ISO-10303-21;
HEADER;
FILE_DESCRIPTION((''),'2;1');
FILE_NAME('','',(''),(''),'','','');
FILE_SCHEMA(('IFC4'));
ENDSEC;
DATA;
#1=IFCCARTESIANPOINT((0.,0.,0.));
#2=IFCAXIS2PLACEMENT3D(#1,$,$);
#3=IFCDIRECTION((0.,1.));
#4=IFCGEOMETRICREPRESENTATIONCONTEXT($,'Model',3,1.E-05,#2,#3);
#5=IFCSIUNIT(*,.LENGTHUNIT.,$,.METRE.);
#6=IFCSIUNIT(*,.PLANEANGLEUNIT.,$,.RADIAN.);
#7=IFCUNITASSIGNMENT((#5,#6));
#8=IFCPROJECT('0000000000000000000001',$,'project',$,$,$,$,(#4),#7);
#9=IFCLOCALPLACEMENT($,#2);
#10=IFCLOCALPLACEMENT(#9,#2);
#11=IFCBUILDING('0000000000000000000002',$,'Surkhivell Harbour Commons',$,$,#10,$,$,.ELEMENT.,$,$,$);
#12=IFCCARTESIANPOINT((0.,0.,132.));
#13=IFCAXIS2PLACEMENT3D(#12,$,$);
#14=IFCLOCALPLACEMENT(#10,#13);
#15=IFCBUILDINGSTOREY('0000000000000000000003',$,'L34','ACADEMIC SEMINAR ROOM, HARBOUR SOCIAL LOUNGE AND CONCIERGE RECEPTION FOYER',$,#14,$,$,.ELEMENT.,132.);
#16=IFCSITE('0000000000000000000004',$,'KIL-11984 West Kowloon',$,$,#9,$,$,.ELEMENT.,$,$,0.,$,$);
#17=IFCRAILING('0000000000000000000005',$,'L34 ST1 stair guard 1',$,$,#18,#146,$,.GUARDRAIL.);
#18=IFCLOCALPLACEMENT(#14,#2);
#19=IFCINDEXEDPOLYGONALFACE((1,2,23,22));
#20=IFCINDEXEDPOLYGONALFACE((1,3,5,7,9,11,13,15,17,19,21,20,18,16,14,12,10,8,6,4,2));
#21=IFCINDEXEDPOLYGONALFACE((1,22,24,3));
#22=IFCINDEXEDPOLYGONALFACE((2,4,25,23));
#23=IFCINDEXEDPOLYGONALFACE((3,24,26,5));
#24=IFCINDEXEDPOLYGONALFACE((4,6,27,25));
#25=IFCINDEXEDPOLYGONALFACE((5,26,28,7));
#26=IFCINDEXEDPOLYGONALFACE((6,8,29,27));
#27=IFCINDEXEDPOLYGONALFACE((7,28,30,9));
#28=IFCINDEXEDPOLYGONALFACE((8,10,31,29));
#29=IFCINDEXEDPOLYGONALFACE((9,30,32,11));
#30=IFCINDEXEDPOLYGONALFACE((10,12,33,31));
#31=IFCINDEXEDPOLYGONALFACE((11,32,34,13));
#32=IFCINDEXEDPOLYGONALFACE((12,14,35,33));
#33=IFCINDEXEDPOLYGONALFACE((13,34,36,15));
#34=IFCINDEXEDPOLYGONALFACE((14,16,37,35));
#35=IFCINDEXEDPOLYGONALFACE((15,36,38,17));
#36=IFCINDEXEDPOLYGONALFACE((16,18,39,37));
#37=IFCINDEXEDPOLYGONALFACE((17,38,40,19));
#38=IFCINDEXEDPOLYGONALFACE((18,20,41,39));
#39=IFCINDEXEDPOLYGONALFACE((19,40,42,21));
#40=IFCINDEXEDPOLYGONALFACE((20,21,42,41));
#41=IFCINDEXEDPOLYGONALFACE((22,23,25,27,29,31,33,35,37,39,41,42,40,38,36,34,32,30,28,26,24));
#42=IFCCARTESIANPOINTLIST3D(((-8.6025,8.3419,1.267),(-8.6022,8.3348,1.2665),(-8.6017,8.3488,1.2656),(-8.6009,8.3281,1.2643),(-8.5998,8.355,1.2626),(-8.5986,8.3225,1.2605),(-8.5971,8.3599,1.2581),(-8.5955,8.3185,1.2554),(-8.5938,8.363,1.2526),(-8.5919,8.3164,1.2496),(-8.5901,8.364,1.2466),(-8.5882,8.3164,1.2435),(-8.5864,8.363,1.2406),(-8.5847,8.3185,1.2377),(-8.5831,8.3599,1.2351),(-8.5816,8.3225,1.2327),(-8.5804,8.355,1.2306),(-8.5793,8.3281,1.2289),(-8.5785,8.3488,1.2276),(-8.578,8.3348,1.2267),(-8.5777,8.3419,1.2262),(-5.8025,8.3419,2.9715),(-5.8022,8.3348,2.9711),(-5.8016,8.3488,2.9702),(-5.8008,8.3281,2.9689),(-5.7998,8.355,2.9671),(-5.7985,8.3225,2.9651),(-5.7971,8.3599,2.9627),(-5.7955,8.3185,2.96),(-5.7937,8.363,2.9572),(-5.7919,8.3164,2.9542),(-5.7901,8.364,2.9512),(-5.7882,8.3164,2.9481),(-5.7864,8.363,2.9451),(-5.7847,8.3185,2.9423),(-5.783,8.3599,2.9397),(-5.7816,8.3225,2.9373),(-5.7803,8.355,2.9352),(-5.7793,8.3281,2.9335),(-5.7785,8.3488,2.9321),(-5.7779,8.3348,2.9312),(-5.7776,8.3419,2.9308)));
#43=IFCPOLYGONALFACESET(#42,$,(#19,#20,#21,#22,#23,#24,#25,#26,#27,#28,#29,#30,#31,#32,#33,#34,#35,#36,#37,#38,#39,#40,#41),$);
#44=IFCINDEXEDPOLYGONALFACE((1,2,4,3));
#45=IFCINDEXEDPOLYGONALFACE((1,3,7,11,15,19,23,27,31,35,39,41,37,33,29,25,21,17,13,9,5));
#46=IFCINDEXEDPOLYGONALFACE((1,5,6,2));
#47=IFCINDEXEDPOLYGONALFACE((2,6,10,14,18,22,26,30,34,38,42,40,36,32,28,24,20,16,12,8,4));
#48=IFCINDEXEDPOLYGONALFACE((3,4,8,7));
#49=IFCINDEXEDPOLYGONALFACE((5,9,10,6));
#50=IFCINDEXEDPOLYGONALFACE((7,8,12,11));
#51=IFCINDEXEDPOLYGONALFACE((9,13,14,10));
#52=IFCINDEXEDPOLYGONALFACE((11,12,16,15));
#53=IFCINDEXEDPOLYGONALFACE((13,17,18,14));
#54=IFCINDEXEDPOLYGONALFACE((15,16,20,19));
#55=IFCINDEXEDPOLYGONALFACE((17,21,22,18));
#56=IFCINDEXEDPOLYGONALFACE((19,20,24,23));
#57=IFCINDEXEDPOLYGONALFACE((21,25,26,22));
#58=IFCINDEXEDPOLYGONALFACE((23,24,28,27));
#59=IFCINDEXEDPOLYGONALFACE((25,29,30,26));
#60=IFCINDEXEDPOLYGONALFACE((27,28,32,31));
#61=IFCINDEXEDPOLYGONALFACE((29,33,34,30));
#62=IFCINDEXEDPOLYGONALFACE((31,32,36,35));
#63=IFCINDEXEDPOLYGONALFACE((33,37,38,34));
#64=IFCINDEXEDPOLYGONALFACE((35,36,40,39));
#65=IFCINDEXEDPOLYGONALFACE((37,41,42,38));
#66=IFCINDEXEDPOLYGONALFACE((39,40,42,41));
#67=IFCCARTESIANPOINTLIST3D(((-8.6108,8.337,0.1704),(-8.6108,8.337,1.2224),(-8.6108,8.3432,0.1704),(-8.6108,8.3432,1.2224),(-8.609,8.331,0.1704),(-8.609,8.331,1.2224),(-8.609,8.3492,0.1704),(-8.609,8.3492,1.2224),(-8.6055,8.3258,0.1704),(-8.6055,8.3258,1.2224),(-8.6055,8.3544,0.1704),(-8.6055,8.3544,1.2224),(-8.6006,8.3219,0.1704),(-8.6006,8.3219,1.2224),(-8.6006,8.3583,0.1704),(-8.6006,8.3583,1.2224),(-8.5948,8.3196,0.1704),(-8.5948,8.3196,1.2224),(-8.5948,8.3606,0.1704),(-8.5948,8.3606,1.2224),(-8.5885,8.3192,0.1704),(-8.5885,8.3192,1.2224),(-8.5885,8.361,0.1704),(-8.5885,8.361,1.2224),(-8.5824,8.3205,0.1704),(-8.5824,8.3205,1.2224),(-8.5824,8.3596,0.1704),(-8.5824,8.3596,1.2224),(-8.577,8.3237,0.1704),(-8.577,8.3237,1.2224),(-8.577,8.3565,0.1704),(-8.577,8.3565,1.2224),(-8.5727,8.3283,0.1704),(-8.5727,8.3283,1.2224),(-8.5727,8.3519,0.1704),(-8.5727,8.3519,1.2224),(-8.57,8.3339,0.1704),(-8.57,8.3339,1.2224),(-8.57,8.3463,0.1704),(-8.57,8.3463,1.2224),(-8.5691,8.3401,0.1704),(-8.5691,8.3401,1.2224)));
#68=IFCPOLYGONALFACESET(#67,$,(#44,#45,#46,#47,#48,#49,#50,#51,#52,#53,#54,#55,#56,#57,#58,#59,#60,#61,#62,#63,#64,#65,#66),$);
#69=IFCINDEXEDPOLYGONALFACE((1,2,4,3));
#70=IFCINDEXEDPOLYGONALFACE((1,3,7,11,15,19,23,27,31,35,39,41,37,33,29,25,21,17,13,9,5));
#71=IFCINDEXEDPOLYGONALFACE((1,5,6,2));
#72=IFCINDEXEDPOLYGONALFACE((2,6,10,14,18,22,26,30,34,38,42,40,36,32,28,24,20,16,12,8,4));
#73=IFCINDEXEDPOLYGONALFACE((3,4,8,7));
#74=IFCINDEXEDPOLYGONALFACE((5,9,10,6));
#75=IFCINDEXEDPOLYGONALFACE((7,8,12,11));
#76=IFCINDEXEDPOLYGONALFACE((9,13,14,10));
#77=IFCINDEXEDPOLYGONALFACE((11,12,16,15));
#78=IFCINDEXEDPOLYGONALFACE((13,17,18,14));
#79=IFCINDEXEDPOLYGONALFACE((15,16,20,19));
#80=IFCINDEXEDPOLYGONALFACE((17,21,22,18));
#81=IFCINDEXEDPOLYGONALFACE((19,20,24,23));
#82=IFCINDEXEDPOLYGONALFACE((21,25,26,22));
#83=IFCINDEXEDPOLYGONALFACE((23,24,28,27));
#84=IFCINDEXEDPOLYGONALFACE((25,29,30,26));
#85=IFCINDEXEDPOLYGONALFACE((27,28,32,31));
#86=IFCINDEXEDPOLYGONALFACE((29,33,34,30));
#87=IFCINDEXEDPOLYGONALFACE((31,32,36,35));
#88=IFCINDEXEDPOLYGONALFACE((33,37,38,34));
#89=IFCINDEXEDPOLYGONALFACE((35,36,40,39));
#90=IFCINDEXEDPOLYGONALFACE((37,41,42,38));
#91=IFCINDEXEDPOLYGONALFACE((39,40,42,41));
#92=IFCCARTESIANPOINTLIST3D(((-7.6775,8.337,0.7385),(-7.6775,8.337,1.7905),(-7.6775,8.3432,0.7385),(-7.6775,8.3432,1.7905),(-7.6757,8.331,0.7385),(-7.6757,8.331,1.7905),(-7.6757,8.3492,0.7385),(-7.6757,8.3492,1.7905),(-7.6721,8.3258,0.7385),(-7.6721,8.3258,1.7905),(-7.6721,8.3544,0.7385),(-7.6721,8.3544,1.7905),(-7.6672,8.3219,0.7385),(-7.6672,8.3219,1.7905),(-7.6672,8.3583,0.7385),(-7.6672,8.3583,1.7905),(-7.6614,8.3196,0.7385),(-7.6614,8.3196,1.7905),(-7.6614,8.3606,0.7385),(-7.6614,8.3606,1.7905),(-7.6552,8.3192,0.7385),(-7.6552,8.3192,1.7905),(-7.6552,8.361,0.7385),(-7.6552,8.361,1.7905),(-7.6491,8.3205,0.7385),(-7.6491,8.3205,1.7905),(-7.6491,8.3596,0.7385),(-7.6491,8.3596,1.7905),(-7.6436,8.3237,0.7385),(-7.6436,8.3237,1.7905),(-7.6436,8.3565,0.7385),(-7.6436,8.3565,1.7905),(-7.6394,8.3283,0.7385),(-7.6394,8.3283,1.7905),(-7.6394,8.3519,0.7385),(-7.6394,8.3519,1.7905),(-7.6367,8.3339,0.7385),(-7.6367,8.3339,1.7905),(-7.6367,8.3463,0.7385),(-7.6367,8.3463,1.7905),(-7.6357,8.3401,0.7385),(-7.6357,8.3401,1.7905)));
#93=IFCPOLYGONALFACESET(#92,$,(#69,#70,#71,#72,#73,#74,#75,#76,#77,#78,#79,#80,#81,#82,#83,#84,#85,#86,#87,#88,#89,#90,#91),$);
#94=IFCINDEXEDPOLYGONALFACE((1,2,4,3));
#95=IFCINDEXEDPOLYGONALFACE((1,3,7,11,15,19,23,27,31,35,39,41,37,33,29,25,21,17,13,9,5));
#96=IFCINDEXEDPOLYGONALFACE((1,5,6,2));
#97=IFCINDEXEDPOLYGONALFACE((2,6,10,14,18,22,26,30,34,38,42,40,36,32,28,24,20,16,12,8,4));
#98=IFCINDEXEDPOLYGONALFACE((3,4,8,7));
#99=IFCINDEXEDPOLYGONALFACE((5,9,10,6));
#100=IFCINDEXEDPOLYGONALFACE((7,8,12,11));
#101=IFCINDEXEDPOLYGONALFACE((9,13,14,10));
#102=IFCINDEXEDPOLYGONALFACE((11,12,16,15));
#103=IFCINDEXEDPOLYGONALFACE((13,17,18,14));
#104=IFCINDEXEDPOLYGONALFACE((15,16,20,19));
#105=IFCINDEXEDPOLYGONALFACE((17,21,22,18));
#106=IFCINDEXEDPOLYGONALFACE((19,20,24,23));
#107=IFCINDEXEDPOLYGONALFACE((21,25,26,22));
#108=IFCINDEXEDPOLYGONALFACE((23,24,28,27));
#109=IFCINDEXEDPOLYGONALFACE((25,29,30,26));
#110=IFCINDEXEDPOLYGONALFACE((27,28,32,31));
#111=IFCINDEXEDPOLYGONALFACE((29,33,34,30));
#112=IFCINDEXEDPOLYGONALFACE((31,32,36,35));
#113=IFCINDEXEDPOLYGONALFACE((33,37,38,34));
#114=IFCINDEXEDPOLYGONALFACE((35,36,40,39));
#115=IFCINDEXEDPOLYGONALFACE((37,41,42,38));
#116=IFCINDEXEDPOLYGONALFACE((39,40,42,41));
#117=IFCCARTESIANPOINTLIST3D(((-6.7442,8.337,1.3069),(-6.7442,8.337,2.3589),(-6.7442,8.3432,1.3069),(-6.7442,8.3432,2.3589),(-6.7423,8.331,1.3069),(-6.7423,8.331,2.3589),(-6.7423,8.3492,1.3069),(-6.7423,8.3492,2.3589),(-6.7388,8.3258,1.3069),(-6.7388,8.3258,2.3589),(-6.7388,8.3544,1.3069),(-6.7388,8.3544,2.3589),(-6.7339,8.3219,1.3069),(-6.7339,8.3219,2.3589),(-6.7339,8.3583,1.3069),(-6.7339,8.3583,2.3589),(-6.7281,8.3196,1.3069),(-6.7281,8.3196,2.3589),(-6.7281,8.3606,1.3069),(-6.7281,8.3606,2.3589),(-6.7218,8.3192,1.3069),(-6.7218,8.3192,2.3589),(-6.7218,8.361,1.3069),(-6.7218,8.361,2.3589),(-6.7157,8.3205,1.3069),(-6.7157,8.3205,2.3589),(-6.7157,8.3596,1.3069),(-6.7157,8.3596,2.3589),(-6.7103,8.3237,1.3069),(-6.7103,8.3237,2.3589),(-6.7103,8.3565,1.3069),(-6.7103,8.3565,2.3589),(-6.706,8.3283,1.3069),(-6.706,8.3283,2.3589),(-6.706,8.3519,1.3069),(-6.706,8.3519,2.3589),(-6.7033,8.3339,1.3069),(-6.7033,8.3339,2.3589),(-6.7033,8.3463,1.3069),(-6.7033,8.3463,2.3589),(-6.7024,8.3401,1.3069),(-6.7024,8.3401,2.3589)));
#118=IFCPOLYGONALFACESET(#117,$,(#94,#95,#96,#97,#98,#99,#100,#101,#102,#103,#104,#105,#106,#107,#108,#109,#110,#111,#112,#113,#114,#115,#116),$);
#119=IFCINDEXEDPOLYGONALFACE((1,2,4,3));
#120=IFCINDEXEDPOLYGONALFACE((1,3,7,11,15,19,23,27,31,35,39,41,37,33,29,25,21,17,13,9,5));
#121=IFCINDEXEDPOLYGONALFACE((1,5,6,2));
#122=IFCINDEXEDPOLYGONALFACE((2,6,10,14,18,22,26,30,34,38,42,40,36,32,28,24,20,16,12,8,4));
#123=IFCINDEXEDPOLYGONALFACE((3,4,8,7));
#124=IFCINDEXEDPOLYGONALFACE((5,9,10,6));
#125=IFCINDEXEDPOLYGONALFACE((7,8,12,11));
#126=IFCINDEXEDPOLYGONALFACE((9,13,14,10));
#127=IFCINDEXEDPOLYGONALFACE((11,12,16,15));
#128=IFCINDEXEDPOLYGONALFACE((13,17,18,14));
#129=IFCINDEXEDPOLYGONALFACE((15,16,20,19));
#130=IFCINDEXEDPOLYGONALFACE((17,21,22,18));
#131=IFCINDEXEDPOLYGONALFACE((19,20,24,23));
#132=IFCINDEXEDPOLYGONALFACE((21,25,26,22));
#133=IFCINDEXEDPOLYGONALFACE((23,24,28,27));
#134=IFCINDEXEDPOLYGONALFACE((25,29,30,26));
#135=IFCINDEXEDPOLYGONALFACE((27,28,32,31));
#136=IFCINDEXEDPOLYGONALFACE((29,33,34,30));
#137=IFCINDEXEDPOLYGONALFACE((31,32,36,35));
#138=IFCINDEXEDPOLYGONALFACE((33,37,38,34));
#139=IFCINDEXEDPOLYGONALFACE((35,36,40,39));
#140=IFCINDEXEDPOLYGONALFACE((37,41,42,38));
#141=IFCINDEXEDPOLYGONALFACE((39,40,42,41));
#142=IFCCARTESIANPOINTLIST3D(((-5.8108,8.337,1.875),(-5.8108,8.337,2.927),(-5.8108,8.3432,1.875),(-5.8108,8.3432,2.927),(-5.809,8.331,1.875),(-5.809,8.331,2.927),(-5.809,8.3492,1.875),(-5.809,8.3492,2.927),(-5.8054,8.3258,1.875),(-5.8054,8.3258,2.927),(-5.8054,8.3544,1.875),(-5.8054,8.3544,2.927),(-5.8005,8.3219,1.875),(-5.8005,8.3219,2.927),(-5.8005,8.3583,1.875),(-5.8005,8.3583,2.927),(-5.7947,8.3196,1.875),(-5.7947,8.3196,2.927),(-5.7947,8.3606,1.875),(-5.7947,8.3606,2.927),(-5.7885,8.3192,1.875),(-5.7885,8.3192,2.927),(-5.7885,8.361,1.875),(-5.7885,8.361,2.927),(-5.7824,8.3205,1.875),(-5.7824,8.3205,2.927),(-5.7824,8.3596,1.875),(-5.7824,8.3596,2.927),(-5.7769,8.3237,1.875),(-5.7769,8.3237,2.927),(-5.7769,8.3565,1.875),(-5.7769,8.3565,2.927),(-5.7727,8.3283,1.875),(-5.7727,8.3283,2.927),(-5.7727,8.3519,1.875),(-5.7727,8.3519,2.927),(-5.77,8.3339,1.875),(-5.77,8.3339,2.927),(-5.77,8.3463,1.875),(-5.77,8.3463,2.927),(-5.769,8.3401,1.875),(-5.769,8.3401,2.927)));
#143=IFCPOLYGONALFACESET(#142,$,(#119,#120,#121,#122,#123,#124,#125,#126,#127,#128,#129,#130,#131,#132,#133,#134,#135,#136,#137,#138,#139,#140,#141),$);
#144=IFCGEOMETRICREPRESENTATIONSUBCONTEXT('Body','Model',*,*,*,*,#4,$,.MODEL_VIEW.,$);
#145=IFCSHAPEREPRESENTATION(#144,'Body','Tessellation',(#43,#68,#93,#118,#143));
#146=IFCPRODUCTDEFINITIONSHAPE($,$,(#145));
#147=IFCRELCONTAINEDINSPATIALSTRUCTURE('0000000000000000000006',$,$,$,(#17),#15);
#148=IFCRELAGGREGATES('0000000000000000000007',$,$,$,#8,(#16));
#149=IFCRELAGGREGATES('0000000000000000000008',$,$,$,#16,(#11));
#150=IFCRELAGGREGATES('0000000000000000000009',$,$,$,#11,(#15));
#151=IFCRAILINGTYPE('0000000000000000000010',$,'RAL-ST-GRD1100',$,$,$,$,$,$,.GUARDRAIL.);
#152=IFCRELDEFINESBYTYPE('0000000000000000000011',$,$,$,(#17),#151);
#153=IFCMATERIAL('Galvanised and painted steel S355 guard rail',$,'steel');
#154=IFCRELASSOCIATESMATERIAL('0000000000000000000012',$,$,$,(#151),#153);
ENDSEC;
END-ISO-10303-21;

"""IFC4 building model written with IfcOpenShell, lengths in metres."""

from ifc_helpers import new_model, si_unit, direction, frame, origin, origin_2d, place, context, subcontext, project, spatial, circle, extrude, material, type_object, element, save


model = new_model("IFC4")

# Units and contexts
model_context = context("Model", 3, precision=1e-05, world=origin(), true_north=direction((0.0, 1.0)))
body_context = subcontext(model_context, "Body", "Model", "MODEL_VIEW")
ifc_project = project(units=[si_unit("LENGTHUNIT", "METRE"), si_unit("PLANEANGLEUNIT", "RADIAN")], contexts=[model_context])

# Site, building, storey
site_placement = place(None, origin())
site = spatial("IfcSite", under=ifc_project, at=site_placement, Name="KIL-11984 West Kowloon", CompositionType="ELEMENT", RefElevation=0.0)
building_placement = place(site_placement, origin())
building = spatial("IfcBuilding", under=site, at=building_placement, Name="Surkhivell Harbour Commons", CompositionType="ELEMENT")
storey_placement = place(building_placement, frame((0.0, 0.0, 132.0)))
storey = spatial("IfcBuildingStorey", under=building, at=storey_placement, Name="L34", Description="ACADEMIC SEMINAR ROOM, HARBOUR SOCIAL LOUNGE AND CONCIERGE RECEPTION FOYER", CompositionType="ELEMENT", Elevation=132.0)

# Railing
ifc_material_1 = material(Name="Galvanised and painted steel S355 guard rail", Category="steel")
railing_type_1 = type_object("IfcRailingType", Name="RAL-ST-GRD1100", PredefinedType="GUARDRAIL", material=ifc_material_1)
railing_1_placement = place(storey_placement, frame((-8.5901, 8.3401, 0.1704)))
element("IfcRailing", 1, at=railing_1_placement, inside=storey, type_object=railing_type_1, Name="L34 ST1 stair guard 1", PredefinedType="GUARDRAIL", context=body_context, shape_type="SweptSolid", body=[
    extrude(circle(Radius=0.0239, at=origin_2d()), frame((0.0, 0.0, 1.0762), z_axis=(0.85417, 0.0, 0.519994), x_axis=(0.0, 1.0, 0.0)), (0.0, 0.0, 1.0), 3.2781),
    extrude(circle(Radius=0.021, at=origin_2d()), origin(), (0.0, 0.0, 1.0), 1.052),
    extrude(circle(Radius=0.021, at=origin_2d()), frame((0.9333, 0.0, 0.5681)), (0.0, 0.0, 1.0), 1.052),
    extrude(circle(Radius=0.021, at=origin_2d()), frame((1.8667, 0.0, 1.1365)), (0.0, 0.0, 1.0), 1.052),
    extrude(circle(Radius=0.021, at=origin_2d()), frame((2.8, 0.0, 1.7046)), (0.0, 0.0, 1.0), 1.052),
])

save(model, "model.ifc")
